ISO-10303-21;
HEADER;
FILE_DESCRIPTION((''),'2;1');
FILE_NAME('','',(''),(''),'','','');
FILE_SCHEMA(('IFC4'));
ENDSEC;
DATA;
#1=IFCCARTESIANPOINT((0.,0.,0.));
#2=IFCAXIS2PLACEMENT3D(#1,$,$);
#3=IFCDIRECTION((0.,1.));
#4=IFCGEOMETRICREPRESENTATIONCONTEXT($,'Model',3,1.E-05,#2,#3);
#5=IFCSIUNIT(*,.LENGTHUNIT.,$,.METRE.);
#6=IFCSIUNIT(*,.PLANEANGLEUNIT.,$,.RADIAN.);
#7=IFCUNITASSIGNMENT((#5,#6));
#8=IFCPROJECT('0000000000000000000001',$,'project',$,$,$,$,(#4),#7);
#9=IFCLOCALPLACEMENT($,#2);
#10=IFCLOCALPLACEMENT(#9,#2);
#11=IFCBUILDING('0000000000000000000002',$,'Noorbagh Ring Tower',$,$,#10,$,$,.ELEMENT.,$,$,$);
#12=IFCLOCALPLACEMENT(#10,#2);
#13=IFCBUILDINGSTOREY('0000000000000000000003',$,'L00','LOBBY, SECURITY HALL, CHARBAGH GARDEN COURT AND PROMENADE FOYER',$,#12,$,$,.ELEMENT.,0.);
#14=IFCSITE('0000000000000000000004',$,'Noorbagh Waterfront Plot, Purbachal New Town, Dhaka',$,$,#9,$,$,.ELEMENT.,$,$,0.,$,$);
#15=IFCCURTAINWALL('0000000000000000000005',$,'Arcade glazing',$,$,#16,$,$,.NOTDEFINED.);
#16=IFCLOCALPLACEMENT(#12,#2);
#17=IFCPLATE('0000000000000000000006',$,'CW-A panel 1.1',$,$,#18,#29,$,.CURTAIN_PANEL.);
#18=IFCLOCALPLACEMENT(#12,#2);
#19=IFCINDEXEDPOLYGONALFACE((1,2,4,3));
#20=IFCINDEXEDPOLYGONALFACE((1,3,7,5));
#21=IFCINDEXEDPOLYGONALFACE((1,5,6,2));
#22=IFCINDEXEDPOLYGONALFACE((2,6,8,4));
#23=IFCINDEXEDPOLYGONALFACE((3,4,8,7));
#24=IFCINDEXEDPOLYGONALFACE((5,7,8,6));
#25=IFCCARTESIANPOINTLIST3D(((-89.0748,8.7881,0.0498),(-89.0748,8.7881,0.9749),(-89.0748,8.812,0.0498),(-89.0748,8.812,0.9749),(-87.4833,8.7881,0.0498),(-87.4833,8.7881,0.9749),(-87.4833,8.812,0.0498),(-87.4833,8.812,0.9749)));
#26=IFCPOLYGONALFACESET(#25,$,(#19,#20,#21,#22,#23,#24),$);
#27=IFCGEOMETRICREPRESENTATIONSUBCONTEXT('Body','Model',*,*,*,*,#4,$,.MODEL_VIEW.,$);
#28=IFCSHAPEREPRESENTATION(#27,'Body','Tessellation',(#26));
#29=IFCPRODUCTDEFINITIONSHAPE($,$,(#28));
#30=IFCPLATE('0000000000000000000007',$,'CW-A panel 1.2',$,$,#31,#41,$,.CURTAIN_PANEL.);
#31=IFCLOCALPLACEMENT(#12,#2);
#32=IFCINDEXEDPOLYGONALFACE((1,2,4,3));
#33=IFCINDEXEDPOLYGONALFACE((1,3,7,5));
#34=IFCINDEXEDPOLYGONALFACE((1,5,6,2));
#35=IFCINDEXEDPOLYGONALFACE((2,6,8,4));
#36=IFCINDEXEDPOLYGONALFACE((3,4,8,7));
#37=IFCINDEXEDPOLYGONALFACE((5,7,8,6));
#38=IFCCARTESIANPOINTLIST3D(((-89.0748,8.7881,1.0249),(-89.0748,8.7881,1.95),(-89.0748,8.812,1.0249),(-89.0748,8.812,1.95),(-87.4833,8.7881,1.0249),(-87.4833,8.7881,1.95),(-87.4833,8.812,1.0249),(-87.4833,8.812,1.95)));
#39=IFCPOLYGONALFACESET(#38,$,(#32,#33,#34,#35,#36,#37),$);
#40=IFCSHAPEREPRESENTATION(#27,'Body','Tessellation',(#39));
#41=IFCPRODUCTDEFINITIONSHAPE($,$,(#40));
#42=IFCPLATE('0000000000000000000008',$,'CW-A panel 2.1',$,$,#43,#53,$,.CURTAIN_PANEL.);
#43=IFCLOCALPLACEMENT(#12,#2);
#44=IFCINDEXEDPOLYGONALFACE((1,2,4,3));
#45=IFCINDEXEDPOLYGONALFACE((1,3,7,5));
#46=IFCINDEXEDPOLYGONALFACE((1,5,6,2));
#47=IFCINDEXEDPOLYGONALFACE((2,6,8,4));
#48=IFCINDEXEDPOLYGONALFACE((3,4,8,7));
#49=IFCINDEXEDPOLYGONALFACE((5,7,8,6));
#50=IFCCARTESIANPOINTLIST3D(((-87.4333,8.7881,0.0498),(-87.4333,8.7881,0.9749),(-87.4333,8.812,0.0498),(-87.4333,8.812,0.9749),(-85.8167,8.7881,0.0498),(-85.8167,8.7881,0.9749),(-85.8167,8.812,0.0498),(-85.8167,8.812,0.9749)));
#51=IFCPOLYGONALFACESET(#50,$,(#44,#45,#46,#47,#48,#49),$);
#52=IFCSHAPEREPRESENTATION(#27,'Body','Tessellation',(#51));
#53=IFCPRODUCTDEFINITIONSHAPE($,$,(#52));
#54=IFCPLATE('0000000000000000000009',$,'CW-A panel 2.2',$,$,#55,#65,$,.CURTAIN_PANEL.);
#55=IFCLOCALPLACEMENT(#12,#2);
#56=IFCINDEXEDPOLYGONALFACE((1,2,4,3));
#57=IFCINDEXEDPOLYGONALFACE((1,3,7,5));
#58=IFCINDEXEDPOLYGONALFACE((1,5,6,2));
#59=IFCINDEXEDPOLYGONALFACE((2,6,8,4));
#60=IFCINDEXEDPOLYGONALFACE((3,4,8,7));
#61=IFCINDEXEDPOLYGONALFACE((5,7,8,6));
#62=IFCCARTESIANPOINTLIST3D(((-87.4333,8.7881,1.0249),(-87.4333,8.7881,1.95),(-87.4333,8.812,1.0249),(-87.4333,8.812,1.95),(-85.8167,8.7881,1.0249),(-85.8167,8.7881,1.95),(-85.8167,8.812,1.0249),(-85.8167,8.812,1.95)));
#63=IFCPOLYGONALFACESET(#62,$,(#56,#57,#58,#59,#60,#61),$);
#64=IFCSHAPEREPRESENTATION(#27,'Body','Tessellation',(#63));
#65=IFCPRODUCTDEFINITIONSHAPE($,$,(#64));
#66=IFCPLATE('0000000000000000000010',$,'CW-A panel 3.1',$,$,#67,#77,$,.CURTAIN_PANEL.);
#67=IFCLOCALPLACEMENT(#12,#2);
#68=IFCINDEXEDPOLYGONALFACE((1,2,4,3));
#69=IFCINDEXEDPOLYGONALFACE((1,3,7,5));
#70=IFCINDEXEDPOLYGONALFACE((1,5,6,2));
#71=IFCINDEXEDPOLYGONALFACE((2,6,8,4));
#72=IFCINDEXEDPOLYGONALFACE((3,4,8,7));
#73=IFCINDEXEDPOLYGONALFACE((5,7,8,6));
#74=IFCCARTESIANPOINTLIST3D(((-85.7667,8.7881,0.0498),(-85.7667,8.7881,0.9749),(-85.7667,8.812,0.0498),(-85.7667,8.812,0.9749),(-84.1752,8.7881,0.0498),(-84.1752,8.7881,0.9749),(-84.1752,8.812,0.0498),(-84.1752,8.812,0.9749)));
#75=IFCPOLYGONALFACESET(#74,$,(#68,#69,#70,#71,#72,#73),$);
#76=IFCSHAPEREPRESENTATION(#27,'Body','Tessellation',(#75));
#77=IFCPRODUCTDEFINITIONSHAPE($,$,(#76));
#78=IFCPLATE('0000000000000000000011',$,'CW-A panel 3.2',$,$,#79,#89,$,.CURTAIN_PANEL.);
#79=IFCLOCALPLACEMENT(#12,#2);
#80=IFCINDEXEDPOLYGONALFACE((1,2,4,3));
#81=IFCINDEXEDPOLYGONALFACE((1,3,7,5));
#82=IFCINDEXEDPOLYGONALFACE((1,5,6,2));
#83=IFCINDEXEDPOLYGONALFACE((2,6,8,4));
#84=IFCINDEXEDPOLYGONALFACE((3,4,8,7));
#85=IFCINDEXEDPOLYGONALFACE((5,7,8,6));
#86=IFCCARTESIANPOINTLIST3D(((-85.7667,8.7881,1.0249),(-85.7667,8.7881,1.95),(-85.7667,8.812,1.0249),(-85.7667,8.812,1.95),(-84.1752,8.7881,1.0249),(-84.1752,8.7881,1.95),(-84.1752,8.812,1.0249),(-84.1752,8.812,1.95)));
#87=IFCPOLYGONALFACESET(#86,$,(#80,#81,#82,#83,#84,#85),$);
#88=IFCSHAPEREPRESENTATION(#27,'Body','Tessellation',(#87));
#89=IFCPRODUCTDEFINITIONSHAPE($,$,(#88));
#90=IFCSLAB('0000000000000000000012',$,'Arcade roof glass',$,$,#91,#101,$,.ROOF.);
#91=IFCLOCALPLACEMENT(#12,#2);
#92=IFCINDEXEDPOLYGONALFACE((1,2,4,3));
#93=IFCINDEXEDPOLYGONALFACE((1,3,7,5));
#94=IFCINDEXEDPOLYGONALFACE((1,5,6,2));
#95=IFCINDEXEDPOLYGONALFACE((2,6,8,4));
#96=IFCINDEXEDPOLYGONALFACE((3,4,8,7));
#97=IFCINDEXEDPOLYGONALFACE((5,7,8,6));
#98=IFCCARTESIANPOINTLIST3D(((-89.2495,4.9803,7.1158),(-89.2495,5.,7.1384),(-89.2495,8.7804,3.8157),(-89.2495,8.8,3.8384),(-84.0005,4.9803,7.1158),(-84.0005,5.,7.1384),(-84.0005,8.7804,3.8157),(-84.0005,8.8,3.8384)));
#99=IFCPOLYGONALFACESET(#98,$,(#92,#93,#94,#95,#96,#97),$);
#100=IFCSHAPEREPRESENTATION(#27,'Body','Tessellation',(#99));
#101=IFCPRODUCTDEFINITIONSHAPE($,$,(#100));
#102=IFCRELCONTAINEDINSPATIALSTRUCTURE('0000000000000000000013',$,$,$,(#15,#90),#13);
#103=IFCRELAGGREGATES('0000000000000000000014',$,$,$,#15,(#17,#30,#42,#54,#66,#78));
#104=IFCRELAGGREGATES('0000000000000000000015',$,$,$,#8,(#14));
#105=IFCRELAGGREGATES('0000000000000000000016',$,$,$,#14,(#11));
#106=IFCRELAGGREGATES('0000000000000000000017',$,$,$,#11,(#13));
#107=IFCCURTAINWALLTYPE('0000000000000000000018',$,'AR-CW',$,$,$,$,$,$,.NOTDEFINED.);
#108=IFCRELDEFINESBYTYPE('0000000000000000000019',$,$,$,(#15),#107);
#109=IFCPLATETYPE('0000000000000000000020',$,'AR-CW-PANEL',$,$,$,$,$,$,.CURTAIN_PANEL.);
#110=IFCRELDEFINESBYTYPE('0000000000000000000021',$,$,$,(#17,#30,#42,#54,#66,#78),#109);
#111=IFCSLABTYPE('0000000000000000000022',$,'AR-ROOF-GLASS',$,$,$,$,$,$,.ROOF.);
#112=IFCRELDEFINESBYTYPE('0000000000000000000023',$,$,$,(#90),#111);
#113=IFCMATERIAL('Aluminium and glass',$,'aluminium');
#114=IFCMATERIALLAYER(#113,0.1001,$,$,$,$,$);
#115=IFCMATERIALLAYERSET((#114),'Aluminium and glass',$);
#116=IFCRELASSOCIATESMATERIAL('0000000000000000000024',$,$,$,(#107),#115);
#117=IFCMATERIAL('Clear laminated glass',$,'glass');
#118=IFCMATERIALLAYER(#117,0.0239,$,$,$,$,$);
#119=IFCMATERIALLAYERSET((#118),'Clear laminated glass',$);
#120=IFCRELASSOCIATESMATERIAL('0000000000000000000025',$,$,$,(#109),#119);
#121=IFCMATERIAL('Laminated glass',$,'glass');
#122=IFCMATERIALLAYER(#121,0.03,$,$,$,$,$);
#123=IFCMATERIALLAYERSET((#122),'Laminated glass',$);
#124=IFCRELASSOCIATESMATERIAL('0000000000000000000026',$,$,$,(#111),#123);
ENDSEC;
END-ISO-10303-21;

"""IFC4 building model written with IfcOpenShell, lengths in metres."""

from ifc_helpers import new_model, si_unit, direction, frame, origin, origin_2d, place, context, subcontext, project, spatial, polyline, rectangle, outline, extrude, material, layer, layer_set, type_object, element, aggregate, save


model = new_model("IFC4")

# Units and contexts
model_context = context("Model", 3, precision=1e-05, world=origin(), true_north=direction((0.0, 1.0)))
body_context = subcontext(model_context, "Body", "Model", "MODEL_VIEW")
ifc_project = project(units=[si_unit("LENGTHUNIT", "METRE"), si_unit("PLANEANGLEUNIT", "RADIAN")], contexts=[model_context])

# Site, building, storey
site_placement = place(None, origin())
site = spatial("IfcSite", under=ifc_project, at=site_placement, Name="Noorbagh Waterfront Plot, Purbachal New Town, Dhaka", CompositionType="ELEMENT", RefElevation=0.0)
building_placement = place(site_placement, origin())
building = spatial("IfcBuilding", under=site, at=building_placement, Name="Noorbagh Ring Tower", CompositionType="ELEMENT")
storey_placement = place(building_placement, origin())
storey = spatial("IfcBuildingStorey", under=building, at=storey_placement, Name="L00", Description="LOBBY, SECURITY HALL, CHARBAGH GARDEN COURT AND PROMENADE FOYER", CompositionType="ELEMENT", Elevation=0.0)

# Curtain wall
ifc_material_1 = material(Name="Aluminium and glass", Category="aluminium")
ifc_layer_1 = layer(ifc_material_1, 0.1001)
ifc_layer_set_1 = layer_set([ifc_layer_1], Name="Aluminium and glass")
curtain_wall_type = type_object("IfcCurtainWallType", Name="AR-CW", PredefinedType="NOTDEFINED", material=ifc_layer_set_1)
curtain_wall_placement = place(storey_placement, origin())
curtain_wall = element("IfcCurtainWall", 1, at=curtain_wall_placement, inside=storey, type_object=curtain_wall_type, Name="Arcade glazing", PredefinedType="NOTDEFINED")

# Plates
ifc_material_2 = material(Name="Clear laminated glass", Category="glass")
ifc_layer_2 = layer(ifc_material_2, 0.0239)
ifc_layer_set_2 = layer_set([ifc_layer_2], Name="Clear laminated glass")
plate_type = type_object("IfcPlateType", Name="AR-CW-PANEL", PredefinedType="CURTAIN_PANEL", material=ifc_layer_set_2)
plate_1_placement = place(storey_placement, frame((-88.2791, 8.8, 0.0498), z_axis=(0.0, 0.0, 1.0), x_axis=(1.0, 0.0, 0.0)))
plate_1 = element("IfcPlate", 2, at=plate_1_placement, type_object=plate_type, Name="CW-A panel 1.1", PredefinedType="CURTAIN_PANEL", context=body_context, shape_type="SweptSolid", body=[
    extrude(rectangle(XDim=1.5916, YDim=0.0239, at=origin_2d()), origin(), (0.0, 0.0, 1.0), 0.925),
])
plate_2_placement = place(storey_placement, frame((-88.2791, 8.8, 1.0249), z_axis=(0.0, 0.0, 1.0), x_axis=(1.0, 0.0, 0.0)))
plate_2 = element("IfcPlate", 3, at=plate_2_placement, type_object=plate_type, Name="CW-A panel 1.2", PredefinedType="CURTAIN_PANEL", context=body_context, shape_type="SweptSolid", body=[
    extrude(rectangle(XDim=1.5916, YDim=0.0239, at=origin_2d()), origin(), (0.0, 0.0, 1.0), 0.925),
])
plate_3_placement = place(storey_placement, frame((-86.625, 8.8, 0.0498), z_axis=(0.0, 0.0, 1.0), x_axis=(1.0, 0.0, 0.0)))
plate_3 = element("IfcPlate", 4, at=plate_3_placement, type_object=plate_type, Name="CW-A panel 2.1", PredefinedType="CURTAIN_PANEL", context=body_context, shape_type="SweptSolid", body=[
    extrude(rectangle(XDim=1.6167, YDim=0.0239, at=origin_2d()), origin(), (0.0, 0.0, 1.0), 0.925),
])
plate_4_placement = place(storey_placement, frame((-86.625, 8.8, 1.0249), z_axis=(0.0, 0.0, 1.0), x_axis=(1.0, 0.0, 0.0)))
plate_4 = element("IfcPlate", 5, at=plate_4_placement, type_object=plate_type, Name="CW-A panel 2.2", PredefinedType="CURTAIN_PANEL", context=body_context, shape_type="SweptSolid", body=[
    extrude(rectangle(XDim=1.6167, YDim=0.0239, at=origin_2d()), origin(), (0.0, 0.0, 1.0), 0.925),
])
plate_5_placement = place(storey_placement, frame((-84.9709, 8.8, 0.0498), z_axis=(0.0, 0.0, 1.0), x_axis=(1.0, 0.0, 0.0)))
plate_5 = element("IfcPlate", 6, at=plate_5_placement, type_object=plate_type, Name="CW-A panel 3.1", PredefinedType="CURTAIN_PANEL", context=body_context, shape_type="SweptSolid", body=[
    extrude(rectangle(XDim=1.5916, YDim=0.0239, at=origin_2d()), origin(), (0.0, 0.0, 1.0), 0.925),
])
plate_6_placement = place(storey_placement, frame((-84.9709, 8.8, 1.0249), z_axis=(0.0, 0.0, 1.0), x_axis=(1.0, 0.0, 0.0)))
plate_6 = element("IfcPlate", 7, at=plate_6_placement, type_object=plate_type, Name="CW-A panel 3.2", PredefinedType="CURTAIN_PANEL", context=body_context, shape_type="SweptSolid", body=[
    extrude(rectangle(XDim=1.5916, YDim=0.0239, at=origin_2d()), origin(), (0.0, 0.0, 1.0), 0.925),
])
aggregate(curtain_wall, [plate_1, plate_2, plate_3, plate_4, plate_5, plate_6])

# Slab
ifc_material_3 = material(Name="Laminated glass", Category="glass")
ifc_layer_3 = layer(ifc_material_3, 0.03)
ifc_layer_set_3 = layer_set([ifc_layer_3], Name="Laminated glass")
slab_type = type_object("IfcSlabType", Name="AR-ROOF-GLASS", PredefinedType="ROOF", material=ifc_layer_set_3)
slab_placement = place(storey_placement, frame((-89.2495, 8.8, 3.8384), z_axis=(0.0, 0.655687, 0.755032), x_axis=(1.0, 0.0, 0.0)))
element("IfcSlab", 8, at=slab_placement, inside=storey, type_object=slab_type, Name="Arcade roof glass", PredefinedType="ROOF", context=body_context, shape_type="SweptSolid", body=[
    extrude(outline(polyline([(0.0, 0.0), (5.249, 0.0), (5.249, -5.033), (0.0, -5.033), (0.0, 0.0)])), origin(), (0.0, 0.0, -1.0), 0.03),
])

save(model, "model.ifc")
